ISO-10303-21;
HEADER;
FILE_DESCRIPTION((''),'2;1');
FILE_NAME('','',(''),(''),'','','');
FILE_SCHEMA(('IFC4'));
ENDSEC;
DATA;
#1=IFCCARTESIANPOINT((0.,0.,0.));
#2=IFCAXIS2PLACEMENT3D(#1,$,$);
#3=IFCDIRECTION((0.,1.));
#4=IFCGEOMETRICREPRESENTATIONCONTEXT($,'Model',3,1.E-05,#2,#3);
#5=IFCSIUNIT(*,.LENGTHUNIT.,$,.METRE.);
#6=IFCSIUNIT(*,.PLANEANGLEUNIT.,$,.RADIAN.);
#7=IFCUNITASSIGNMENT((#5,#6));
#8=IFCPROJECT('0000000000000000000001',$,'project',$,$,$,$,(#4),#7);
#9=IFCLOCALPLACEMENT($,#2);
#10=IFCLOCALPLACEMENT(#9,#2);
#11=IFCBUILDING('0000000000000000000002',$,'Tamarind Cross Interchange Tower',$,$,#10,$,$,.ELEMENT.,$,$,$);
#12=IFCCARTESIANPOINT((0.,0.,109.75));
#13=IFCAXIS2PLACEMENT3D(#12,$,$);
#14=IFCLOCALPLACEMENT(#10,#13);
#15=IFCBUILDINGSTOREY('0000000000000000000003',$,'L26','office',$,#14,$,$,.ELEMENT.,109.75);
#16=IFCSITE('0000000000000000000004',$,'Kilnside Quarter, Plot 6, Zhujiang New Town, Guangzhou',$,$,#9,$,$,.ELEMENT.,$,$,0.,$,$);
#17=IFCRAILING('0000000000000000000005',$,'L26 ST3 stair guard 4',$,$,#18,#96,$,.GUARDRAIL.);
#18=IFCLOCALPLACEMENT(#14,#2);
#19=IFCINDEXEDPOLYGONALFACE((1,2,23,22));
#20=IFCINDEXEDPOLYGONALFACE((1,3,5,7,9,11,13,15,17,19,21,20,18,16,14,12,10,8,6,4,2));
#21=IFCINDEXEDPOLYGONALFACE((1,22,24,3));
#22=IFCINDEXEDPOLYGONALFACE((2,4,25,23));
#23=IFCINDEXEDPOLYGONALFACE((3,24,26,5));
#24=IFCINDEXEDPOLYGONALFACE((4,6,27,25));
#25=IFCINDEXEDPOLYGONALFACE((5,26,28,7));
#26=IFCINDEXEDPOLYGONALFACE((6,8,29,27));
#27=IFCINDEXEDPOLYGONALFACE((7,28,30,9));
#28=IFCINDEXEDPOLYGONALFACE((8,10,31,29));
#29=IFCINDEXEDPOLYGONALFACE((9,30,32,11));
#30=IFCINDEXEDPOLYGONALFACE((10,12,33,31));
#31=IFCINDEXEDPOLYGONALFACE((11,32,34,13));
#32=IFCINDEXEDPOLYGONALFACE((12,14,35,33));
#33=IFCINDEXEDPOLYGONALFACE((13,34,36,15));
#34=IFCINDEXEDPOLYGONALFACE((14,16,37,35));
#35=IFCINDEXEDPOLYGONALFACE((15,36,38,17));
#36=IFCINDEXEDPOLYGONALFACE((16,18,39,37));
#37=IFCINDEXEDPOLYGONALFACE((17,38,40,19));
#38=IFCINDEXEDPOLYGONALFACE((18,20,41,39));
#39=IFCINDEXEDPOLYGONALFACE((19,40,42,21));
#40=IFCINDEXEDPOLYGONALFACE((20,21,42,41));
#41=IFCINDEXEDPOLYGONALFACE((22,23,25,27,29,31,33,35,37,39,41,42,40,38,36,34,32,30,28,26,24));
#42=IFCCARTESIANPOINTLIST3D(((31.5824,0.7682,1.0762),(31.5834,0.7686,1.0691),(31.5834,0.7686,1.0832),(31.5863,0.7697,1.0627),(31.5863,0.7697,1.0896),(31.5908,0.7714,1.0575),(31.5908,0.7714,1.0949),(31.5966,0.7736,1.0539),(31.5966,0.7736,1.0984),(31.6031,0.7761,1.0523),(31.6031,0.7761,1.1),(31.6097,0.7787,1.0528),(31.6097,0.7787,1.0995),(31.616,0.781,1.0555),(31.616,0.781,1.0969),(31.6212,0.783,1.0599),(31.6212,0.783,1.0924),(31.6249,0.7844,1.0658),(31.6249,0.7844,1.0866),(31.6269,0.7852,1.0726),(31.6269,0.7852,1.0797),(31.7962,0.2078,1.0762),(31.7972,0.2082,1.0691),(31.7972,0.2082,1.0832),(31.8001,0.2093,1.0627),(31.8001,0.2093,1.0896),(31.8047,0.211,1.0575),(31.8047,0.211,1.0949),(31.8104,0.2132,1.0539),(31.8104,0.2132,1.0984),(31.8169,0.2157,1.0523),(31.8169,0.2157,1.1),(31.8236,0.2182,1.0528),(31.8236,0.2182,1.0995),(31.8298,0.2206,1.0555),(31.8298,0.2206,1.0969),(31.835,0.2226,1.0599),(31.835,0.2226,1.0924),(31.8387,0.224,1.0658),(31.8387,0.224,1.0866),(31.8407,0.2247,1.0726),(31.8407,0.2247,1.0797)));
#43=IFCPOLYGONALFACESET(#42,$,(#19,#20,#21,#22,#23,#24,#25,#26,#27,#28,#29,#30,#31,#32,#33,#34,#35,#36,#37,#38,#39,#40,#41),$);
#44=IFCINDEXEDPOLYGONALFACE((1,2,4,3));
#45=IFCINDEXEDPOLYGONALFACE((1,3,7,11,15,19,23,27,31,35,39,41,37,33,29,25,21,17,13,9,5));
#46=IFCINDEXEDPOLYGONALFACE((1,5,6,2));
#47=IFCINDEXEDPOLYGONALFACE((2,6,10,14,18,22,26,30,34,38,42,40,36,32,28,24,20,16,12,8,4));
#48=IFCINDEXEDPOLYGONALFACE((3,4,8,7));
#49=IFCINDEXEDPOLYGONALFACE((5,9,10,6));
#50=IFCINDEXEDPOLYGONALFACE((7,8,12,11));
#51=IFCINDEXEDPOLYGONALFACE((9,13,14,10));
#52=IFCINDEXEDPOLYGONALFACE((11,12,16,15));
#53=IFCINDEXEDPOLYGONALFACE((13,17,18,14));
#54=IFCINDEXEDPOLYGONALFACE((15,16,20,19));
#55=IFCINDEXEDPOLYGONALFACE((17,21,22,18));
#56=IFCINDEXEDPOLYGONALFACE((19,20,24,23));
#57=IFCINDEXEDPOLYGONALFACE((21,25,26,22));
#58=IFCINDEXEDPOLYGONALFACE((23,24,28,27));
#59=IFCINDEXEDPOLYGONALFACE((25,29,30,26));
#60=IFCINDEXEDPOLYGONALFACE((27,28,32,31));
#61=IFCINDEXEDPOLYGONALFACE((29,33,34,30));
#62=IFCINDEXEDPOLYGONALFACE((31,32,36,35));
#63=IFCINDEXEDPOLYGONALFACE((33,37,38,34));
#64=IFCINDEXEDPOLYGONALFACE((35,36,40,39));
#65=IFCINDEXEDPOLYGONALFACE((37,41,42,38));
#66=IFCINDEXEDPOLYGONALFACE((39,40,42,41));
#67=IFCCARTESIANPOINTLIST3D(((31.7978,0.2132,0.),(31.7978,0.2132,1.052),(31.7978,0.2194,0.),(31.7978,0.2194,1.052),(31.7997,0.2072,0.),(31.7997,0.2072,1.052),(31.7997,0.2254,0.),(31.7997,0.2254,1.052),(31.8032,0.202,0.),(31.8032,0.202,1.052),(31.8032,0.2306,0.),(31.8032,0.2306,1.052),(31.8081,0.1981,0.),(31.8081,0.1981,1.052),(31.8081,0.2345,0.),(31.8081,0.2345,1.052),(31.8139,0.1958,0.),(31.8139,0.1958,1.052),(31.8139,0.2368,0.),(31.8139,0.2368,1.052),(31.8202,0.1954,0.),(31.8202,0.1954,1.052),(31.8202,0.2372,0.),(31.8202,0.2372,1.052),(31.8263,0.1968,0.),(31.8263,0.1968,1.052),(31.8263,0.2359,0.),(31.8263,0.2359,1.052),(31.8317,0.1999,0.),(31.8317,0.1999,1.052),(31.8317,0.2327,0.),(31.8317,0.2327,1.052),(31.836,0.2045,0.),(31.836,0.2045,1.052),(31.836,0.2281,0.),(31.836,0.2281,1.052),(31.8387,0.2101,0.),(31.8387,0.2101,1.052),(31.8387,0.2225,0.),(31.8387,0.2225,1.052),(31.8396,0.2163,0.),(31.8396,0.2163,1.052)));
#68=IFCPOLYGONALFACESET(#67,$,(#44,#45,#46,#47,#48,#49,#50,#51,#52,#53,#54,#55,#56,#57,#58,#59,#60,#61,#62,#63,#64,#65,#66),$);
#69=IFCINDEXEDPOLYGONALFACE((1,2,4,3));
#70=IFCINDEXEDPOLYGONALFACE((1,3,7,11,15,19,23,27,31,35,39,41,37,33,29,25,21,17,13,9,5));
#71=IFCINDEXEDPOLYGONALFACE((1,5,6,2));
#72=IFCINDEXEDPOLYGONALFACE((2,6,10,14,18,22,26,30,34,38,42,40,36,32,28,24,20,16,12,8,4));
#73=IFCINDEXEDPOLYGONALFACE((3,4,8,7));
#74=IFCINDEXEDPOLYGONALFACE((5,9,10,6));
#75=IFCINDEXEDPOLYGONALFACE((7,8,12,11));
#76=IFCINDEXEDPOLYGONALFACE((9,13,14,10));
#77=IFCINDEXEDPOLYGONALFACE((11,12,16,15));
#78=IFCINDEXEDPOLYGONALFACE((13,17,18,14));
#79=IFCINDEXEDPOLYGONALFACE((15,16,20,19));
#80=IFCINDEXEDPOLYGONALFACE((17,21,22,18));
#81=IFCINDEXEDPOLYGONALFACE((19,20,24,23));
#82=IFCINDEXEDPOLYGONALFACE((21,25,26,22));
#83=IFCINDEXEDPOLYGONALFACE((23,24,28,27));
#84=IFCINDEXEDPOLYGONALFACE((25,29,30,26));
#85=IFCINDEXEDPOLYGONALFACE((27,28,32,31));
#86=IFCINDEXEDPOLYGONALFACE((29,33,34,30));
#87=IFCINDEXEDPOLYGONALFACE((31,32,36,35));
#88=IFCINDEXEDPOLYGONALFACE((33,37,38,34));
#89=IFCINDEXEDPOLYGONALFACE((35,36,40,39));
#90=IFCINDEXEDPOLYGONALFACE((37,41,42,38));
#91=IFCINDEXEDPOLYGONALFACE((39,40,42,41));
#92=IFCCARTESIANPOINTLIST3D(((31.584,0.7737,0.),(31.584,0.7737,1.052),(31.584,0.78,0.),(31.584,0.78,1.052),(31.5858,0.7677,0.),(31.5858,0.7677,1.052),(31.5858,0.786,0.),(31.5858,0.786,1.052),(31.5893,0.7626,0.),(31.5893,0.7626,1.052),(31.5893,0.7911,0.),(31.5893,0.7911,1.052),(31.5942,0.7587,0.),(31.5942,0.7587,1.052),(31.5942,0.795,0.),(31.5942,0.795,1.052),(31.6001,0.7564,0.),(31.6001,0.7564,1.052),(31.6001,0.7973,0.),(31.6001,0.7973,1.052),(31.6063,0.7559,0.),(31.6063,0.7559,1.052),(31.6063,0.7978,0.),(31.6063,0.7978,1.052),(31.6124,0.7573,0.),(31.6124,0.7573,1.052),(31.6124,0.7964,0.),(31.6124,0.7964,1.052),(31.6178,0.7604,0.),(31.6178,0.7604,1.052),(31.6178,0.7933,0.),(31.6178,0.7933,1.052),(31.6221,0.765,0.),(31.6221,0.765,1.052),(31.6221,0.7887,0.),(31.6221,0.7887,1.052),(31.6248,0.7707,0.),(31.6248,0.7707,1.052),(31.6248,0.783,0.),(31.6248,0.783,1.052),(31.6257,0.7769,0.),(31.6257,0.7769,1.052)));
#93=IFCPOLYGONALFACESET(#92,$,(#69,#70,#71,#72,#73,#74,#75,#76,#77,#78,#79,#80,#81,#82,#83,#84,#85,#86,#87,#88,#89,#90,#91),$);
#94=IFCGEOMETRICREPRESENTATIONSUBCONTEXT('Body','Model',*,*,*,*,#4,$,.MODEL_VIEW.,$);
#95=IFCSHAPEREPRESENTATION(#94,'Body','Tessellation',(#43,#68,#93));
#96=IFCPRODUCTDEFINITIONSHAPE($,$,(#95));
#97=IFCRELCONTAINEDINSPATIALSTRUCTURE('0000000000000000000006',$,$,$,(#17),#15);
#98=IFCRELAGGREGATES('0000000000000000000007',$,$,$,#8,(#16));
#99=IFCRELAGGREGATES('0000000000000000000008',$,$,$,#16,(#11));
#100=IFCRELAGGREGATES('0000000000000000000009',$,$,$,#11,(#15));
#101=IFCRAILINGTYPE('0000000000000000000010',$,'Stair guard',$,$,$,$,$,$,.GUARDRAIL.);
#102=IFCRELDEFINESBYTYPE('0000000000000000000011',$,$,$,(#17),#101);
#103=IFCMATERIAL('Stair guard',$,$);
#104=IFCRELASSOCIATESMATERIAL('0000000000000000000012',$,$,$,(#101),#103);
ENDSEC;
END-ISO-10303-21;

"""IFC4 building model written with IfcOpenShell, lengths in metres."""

from ifc_helpers import new_model, si_unit, direction, frame, origin, origin_2d, place, context, subcontext, project, spatial, circle, extrude, material, type_object, element, save


model = new_model("IFC4")

# Units and contexts
model_context = context("Model", 3, precision=1e-05, world=origin(), true_north=direction((0.0, 1.0)))
body_context = subcontext(model_context, "Body", "Model", "MODEL_VIEW")
ifc_project = project(units=[si_unit("LENGTHUNIT", "METRE"), si_unit("PLANEANGLEUNIT", "RADIAN")], contexts=[model_context])

# Site, building, storey
site_placement = place(None, origin())
site = spatial("IfcSite", under=ifc_project, at=site_placement, Name="Kilnside Quarter, Plot 6, Zhujiang New Town, Guangzhou", CompositionType="ELEMENT", RefElevation=0.0)
building_placement = place(site_placement, origin())
building = spatial("IfcBuilding", under=site, at=building_placement, Name="Tamarind Cross Interchange Tower", CompositionType="ELEMENT")
storey_placement = place(building_placement, frame((0.0, 0.0, 109.75)))
storey = spatial("IfcBuildingStorey", under=building, at=storey_placement, Name="L26", Description="office", CompositionType="ELEMENT", Elevation=109.75)

# Railing
ifc_material_1 = material(Name="Stair guard")
railing_type_1 = type_object("IfcRailingType", Name="Stair guard", PredefinedType="GUARDRAIL", material=ifc_material_1)
railing_1_placement = place(storey_placement, frame((31.8186, 0.2163, 0.0)))
element("IfcRailing", 1, at=railing_1_placement, inside=storey, type_object=railing_type_1, Name="L26 ST3 stair guard 4", PredefinedType="GUARDRAIL", context=body_context, shape_type="SweptSolid", body=[
    extrude(circle(Radius=0.0239, at=origin_2d()), frame((0.0, 0.0, 1.0762), z_axis=(-0.356469, 0.934307, 0.0), x_axis=(-0.934307, -0.356469, 0.0)), (0.0, 0.0, 1.0), 0.5999),
    extrude(circle(Radius=0.021, at=origin_2d()), origin(), (0.0, 0.0, 1.0), 1.052),
    extrude(circle(Radius=0.021, at=origin_2d()), frame((-0.2139, 0.5605, 0.0)), (0.0, 0.0, 1.0), 1.052),
])

save(model, "model.ifc")
